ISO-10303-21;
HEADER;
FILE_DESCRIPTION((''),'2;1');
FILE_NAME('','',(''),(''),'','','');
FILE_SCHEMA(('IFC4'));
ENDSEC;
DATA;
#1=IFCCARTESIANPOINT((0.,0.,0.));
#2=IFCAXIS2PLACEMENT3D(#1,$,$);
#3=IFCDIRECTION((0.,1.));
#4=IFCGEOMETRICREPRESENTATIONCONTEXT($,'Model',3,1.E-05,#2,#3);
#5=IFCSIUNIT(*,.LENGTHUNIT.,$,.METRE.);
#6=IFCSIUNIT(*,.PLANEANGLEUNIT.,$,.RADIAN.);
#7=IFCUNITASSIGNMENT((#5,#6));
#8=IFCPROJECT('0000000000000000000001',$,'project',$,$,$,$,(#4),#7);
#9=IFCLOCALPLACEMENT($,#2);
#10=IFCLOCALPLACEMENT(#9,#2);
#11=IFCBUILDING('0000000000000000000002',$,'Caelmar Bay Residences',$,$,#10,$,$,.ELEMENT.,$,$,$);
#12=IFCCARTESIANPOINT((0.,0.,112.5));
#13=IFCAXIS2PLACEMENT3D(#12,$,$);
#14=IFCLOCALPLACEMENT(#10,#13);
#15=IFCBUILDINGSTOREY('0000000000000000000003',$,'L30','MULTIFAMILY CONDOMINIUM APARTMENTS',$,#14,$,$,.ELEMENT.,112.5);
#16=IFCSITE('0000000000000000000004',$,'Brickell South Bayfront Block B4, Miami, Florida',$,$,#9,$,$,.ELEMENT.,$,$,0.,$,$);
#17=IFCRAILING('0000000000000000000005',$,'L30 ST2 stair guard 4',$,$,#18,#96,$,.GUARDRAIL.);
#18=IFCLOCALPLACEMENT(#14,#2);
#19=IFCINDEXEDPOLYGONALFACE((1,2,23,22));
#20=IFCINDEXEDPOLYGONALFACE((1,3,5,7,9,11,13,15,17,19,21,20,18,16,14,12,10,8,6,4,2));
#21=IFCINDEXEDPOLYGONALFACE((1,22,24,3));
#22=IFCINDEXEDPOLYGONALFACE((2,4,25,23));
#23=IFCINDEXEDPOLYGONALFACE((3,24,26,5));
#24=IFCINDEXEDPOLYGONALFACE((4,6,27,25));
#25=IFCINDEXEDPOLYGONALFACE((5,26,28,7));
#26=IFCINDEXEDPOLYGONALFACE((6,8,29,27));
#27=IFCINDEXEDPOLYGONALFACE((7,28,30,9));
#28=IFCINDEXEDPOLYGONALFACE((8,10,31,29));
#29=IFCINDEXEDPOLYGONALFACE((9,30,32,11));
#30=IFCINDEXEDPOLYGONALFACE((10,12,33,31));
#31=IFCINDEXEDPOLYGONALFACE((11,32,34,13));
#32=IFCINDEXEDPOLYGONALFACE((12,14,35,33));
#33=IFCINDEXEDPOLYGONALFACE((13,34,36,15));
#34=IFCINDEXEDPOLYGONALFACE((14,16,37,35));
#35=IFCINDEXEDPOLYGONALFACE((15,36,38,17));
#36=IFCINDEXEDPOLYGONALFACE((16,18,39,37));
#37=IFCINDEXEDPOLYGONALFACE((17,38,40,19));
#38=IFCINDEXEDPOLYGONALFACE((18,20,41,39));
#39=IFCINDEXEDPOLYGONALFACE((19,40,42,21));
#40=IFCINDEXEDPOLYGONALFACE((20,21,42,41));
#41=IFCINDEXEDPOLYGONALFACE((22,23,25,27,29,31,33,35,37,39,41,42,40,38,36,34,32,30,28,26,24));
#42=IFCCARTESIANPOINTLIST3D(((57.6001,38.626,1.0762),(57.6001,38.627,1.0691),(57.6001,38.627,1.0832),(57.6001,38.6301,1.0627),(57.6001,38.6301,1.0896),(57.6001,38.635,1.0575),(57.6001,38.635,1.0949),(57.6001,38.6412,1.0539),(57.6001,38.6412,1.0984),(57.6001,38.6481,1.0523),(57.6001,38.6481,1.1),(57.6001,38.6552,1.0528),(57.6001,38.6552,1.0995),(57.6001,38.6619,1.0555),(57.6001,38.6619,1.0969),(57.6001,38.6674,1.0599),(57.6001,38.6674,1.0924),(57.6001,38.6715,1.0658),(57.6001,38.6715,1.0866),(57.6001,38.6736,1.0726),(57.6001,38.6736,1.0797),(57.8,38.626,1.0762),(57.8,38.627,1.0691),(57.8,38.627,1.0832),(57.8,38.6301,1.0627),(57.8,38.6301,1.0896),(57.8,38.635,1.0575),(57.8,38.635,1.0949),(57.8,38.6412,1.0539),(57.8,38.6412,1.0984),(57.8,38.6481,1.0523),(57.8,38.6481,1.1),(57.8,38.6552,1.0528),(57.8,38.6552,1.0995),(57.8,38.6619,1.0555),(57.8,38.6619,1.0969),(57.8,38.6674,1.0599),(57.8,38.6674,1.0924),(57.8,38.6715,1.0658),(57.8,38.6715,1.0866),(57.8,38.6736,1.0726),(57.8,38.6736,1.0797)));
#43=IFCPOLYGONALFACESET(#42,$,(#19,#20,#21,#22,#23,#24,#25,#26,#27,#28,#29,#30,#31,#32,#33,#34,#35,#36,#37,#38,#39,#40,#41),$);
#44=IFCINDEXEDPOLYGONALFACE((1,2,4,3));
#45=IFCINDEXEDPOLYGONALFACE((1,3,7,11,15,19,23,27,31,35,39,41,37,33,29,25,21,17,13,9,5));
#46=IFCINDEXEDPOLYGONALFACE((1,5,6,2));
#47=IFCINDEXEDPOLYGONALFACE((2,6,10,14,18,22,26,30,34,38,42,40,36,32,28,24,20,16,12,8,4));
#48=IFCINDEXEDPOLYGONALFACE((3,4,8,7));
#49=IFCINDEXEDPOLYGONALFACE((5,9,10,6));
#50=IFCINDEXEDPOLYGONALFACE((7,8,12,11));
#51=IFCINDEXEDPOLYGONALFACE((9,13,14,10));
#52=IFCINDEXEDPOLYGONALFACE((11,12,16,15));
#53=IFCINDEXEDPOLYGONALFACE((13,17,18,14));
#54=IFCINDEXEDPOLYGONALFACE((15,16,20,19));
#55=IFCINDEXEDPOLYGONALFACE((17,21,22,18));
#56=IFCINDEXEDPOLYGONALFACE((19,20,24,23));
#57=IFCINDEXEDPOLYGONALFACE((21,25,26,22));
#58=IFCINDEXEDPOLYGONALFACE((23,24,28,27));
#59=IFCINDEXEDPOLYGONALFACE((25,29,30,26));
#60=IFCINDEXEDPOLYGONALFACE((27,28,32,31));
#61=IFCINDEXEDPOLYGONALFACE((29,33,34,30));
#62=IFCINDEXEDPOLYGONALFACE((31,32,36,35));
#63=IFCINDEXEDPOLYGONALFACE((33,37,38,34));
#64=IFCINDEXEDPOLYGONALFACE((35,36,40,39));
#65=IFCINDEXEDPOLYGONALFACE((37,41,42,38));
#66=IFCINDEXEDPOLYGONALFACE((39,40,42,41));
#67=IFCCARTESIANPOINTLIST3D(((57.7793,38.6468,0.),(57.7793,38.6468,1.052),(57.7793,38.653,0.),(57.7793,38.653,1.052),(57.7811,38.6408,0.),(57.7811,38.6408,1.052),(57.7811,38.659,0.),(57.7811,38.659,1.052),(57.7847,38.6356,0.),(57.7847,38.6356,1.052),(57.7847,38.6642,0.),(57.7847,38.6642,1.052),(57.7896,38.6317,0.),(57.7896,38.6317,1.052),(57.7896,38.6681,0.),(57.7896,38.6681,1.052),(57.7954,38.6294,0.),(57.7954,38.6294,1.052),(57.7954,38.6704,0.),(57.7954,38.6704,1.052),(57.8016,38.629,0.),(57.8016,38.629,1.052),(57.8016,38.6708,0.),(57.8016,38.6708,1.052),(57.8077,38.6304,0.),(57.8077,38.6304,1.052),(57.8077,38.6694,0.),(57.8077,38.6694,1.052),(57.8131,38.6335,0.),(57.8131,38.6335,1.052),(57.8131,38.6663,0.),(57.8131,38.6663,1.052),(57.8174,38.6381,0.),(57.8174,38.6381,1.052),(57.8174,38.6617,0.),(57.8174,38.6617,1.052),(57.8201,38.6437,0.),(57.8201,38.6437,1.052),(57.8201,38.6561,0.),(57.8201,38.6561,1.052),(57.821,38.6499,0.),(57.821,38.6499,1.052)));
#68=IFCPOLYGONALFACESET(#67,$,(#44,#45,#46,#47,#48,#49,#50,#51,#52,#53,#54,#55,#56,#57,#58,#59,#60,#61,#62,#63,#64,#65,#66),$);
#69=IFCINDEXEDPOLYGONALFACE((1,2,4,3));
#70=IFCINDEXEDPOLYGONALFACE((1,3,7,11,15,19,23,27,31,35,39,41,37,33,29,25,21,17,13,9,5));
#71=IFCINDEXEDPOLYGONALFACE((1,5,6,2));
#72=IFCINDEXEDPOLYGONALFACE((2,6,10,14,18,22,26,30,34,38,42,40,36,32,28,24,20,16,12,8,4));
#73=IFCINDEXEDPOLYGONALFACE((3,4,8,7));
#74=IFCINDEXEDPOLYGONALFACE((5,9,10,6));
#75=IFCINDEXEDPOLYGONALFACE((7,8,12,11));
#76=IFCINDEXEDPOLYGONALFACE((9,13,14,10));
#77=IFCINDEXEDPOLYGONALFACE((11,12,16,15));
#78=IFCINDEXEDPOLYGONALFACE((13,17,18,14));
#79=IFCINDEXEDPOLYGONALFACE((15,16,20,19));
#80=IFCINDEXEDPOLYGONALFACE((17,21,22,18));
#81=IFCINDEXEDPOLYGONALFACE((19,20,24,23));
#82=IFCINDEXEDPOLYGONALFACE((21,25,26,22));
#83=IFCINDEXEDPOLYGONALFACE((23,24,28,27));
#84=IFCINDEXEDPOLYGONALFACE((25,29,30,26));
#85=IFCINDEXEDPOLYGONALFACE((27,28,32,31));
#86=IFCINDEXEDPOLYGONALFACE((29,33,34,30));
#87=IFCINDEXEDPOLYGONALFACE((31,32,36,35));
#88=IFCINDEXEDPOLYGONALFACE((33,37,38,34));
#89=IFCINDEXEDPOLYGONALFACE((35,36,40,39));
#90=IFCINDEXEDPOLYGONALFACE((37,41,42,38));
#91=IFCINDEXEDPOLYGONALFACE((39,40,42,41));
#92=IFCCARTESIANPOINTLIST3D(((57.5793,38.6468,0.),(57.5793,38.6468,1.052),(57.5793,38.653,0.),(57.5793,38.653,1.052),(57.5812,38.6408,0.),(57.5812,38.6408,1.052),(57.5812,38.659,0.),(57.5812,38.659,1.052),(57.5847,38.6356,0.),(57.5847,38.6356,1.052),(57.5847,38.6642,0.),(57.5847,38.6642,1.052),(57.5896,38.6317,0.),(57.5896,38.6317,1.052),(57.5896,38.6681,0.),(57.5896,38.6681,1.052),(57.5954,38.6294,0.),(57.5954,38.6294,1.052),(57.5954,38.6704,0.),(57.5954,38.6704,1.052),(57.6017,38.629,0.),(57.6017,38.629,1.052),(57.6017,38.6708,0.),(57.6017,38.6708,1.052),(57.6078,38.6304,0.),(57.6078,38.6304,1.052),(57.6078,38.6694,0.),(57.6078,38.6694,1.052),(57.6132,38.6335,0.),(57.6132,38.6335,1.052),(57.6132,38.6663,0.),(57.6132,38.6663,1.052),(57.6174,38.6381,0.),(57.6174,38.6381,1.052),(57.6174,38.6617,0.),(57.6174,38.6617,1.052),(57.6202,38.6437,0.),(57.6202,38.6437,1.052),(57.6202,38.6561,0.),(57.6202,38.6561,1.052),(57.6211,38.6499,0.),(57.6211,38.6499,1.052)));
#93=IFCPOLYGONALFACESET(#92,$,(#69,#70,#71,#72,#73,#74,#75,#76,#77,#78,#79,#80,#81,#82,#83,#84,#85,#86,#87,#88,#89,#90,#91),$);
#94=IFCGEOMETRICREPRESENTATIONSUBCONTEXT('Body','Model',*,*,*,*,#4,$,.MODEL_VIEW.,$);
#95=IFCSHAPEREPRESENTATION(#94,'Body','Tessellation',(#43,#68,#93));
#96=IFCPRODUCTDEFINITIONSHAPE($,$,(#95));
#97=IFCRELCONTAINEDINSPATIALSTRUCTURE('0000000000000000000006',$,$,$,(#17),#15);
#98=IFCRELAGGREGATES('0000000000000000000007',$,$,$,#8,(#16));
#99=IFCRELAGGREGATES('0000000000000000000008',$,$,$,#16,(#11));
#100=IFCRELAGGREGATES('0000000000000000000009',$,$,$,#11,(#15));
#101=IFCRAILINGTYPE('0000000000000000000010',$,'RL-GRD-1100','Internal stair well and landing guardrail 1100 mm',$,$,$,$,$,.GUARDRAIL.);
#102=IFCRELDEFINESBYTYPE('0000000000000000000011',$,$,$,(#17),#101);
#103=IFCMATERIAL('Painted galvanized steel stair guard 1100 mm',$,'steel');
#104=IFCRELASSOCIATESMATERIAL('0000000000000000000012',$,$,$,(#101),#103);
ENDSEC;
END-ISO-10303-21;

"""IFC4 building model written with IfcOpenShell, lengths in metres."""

from ifc_helpers import new_model, si_unit, direction, frame, origin, origin_2d, place, context, subcontext, project, spatial, circle, extrude, material, type_object, element, save


model = new_model("IFC4")

# Units and contexts
model_context = context("Model", 3, precision=1e-05, world=origin(), true_north=direction((0.0, 1.0)))
body_context = subcontext(model_context, "Body", "Model", "MODEL_VIEW")
ifc_project = project(units=[si_unit("LENGTHUNIT", "METRE"), si_unit("PLANEANGLEUNIT", "RADIAN")], contexts=[model_context])

# Site, building, storey
site_placement = place(None, origin())
site = spatial("IfcSite", under=ifc_project, at=site_placement, Name="Brickell South Bayfront Block B4, Miami, Florida", CompositionType="ELEMENT", RefElevation=0.0)
building_placement = place(site_placement, origin())
building = spatial("IfcBuilding", under=site, at=building_placement, Name="Caelmar Bay Residences", CompositionType="ELEMENT")
storey_placement = place(building_placement, frame((0.0, 0.0, 112.5)))
storey = spatial("IfcBuildingStorey", under=building, at=storey_placement, Name="L30", Description="MULTIFAMILY CONDOMINIUM APARTMENTS", CompositionType="ELEMENT", Elevation=112.5)

# Railing
ifc_material_1 = material(Name="Painted galvanized steel stair guard 1100 mm", Category="steel")
railing_type_1 = type_object("IfcRailingType", Name="RL-GRD-1100", Description="Internal stair well and landing guardrail 1100 mm", PredefinedType="GUARDRAIL", material=ifc_material_1)
railing_1_placement = place(storey_placement, frame((57.8, 38.6499, 0.0)))
element("IfcRailing", 1, at=railing_1_placement, inside=storey, type_object=railing_type_1, Name="L30 ST2 stair guard 4", PredefinedType="GUARDRAIL", context=body_context, shape_type="SweptSolid", body=[
    extrude(circle(Radius=0.0239, at=origin_2d()), frame((0.0, 0.0, 1.0762), z_axis=(-1.0, 0.0, 0.0), x_axis=(0.0, -1.0, 0.0)), (0.0, 0.0, 1.0), 0.2),
    extrude(circle(Radius=0.021, at=origin_2d()), origin(), (0.0, 0.0, 1.0), 1.052),
    extrude(circle(Radius=0.021, at=origin_2d()), frame((-0.2, 0.0, 0.0)), (0.0, 0.0, 1.0), 1.052),
])

save(model, "model.ifc")
